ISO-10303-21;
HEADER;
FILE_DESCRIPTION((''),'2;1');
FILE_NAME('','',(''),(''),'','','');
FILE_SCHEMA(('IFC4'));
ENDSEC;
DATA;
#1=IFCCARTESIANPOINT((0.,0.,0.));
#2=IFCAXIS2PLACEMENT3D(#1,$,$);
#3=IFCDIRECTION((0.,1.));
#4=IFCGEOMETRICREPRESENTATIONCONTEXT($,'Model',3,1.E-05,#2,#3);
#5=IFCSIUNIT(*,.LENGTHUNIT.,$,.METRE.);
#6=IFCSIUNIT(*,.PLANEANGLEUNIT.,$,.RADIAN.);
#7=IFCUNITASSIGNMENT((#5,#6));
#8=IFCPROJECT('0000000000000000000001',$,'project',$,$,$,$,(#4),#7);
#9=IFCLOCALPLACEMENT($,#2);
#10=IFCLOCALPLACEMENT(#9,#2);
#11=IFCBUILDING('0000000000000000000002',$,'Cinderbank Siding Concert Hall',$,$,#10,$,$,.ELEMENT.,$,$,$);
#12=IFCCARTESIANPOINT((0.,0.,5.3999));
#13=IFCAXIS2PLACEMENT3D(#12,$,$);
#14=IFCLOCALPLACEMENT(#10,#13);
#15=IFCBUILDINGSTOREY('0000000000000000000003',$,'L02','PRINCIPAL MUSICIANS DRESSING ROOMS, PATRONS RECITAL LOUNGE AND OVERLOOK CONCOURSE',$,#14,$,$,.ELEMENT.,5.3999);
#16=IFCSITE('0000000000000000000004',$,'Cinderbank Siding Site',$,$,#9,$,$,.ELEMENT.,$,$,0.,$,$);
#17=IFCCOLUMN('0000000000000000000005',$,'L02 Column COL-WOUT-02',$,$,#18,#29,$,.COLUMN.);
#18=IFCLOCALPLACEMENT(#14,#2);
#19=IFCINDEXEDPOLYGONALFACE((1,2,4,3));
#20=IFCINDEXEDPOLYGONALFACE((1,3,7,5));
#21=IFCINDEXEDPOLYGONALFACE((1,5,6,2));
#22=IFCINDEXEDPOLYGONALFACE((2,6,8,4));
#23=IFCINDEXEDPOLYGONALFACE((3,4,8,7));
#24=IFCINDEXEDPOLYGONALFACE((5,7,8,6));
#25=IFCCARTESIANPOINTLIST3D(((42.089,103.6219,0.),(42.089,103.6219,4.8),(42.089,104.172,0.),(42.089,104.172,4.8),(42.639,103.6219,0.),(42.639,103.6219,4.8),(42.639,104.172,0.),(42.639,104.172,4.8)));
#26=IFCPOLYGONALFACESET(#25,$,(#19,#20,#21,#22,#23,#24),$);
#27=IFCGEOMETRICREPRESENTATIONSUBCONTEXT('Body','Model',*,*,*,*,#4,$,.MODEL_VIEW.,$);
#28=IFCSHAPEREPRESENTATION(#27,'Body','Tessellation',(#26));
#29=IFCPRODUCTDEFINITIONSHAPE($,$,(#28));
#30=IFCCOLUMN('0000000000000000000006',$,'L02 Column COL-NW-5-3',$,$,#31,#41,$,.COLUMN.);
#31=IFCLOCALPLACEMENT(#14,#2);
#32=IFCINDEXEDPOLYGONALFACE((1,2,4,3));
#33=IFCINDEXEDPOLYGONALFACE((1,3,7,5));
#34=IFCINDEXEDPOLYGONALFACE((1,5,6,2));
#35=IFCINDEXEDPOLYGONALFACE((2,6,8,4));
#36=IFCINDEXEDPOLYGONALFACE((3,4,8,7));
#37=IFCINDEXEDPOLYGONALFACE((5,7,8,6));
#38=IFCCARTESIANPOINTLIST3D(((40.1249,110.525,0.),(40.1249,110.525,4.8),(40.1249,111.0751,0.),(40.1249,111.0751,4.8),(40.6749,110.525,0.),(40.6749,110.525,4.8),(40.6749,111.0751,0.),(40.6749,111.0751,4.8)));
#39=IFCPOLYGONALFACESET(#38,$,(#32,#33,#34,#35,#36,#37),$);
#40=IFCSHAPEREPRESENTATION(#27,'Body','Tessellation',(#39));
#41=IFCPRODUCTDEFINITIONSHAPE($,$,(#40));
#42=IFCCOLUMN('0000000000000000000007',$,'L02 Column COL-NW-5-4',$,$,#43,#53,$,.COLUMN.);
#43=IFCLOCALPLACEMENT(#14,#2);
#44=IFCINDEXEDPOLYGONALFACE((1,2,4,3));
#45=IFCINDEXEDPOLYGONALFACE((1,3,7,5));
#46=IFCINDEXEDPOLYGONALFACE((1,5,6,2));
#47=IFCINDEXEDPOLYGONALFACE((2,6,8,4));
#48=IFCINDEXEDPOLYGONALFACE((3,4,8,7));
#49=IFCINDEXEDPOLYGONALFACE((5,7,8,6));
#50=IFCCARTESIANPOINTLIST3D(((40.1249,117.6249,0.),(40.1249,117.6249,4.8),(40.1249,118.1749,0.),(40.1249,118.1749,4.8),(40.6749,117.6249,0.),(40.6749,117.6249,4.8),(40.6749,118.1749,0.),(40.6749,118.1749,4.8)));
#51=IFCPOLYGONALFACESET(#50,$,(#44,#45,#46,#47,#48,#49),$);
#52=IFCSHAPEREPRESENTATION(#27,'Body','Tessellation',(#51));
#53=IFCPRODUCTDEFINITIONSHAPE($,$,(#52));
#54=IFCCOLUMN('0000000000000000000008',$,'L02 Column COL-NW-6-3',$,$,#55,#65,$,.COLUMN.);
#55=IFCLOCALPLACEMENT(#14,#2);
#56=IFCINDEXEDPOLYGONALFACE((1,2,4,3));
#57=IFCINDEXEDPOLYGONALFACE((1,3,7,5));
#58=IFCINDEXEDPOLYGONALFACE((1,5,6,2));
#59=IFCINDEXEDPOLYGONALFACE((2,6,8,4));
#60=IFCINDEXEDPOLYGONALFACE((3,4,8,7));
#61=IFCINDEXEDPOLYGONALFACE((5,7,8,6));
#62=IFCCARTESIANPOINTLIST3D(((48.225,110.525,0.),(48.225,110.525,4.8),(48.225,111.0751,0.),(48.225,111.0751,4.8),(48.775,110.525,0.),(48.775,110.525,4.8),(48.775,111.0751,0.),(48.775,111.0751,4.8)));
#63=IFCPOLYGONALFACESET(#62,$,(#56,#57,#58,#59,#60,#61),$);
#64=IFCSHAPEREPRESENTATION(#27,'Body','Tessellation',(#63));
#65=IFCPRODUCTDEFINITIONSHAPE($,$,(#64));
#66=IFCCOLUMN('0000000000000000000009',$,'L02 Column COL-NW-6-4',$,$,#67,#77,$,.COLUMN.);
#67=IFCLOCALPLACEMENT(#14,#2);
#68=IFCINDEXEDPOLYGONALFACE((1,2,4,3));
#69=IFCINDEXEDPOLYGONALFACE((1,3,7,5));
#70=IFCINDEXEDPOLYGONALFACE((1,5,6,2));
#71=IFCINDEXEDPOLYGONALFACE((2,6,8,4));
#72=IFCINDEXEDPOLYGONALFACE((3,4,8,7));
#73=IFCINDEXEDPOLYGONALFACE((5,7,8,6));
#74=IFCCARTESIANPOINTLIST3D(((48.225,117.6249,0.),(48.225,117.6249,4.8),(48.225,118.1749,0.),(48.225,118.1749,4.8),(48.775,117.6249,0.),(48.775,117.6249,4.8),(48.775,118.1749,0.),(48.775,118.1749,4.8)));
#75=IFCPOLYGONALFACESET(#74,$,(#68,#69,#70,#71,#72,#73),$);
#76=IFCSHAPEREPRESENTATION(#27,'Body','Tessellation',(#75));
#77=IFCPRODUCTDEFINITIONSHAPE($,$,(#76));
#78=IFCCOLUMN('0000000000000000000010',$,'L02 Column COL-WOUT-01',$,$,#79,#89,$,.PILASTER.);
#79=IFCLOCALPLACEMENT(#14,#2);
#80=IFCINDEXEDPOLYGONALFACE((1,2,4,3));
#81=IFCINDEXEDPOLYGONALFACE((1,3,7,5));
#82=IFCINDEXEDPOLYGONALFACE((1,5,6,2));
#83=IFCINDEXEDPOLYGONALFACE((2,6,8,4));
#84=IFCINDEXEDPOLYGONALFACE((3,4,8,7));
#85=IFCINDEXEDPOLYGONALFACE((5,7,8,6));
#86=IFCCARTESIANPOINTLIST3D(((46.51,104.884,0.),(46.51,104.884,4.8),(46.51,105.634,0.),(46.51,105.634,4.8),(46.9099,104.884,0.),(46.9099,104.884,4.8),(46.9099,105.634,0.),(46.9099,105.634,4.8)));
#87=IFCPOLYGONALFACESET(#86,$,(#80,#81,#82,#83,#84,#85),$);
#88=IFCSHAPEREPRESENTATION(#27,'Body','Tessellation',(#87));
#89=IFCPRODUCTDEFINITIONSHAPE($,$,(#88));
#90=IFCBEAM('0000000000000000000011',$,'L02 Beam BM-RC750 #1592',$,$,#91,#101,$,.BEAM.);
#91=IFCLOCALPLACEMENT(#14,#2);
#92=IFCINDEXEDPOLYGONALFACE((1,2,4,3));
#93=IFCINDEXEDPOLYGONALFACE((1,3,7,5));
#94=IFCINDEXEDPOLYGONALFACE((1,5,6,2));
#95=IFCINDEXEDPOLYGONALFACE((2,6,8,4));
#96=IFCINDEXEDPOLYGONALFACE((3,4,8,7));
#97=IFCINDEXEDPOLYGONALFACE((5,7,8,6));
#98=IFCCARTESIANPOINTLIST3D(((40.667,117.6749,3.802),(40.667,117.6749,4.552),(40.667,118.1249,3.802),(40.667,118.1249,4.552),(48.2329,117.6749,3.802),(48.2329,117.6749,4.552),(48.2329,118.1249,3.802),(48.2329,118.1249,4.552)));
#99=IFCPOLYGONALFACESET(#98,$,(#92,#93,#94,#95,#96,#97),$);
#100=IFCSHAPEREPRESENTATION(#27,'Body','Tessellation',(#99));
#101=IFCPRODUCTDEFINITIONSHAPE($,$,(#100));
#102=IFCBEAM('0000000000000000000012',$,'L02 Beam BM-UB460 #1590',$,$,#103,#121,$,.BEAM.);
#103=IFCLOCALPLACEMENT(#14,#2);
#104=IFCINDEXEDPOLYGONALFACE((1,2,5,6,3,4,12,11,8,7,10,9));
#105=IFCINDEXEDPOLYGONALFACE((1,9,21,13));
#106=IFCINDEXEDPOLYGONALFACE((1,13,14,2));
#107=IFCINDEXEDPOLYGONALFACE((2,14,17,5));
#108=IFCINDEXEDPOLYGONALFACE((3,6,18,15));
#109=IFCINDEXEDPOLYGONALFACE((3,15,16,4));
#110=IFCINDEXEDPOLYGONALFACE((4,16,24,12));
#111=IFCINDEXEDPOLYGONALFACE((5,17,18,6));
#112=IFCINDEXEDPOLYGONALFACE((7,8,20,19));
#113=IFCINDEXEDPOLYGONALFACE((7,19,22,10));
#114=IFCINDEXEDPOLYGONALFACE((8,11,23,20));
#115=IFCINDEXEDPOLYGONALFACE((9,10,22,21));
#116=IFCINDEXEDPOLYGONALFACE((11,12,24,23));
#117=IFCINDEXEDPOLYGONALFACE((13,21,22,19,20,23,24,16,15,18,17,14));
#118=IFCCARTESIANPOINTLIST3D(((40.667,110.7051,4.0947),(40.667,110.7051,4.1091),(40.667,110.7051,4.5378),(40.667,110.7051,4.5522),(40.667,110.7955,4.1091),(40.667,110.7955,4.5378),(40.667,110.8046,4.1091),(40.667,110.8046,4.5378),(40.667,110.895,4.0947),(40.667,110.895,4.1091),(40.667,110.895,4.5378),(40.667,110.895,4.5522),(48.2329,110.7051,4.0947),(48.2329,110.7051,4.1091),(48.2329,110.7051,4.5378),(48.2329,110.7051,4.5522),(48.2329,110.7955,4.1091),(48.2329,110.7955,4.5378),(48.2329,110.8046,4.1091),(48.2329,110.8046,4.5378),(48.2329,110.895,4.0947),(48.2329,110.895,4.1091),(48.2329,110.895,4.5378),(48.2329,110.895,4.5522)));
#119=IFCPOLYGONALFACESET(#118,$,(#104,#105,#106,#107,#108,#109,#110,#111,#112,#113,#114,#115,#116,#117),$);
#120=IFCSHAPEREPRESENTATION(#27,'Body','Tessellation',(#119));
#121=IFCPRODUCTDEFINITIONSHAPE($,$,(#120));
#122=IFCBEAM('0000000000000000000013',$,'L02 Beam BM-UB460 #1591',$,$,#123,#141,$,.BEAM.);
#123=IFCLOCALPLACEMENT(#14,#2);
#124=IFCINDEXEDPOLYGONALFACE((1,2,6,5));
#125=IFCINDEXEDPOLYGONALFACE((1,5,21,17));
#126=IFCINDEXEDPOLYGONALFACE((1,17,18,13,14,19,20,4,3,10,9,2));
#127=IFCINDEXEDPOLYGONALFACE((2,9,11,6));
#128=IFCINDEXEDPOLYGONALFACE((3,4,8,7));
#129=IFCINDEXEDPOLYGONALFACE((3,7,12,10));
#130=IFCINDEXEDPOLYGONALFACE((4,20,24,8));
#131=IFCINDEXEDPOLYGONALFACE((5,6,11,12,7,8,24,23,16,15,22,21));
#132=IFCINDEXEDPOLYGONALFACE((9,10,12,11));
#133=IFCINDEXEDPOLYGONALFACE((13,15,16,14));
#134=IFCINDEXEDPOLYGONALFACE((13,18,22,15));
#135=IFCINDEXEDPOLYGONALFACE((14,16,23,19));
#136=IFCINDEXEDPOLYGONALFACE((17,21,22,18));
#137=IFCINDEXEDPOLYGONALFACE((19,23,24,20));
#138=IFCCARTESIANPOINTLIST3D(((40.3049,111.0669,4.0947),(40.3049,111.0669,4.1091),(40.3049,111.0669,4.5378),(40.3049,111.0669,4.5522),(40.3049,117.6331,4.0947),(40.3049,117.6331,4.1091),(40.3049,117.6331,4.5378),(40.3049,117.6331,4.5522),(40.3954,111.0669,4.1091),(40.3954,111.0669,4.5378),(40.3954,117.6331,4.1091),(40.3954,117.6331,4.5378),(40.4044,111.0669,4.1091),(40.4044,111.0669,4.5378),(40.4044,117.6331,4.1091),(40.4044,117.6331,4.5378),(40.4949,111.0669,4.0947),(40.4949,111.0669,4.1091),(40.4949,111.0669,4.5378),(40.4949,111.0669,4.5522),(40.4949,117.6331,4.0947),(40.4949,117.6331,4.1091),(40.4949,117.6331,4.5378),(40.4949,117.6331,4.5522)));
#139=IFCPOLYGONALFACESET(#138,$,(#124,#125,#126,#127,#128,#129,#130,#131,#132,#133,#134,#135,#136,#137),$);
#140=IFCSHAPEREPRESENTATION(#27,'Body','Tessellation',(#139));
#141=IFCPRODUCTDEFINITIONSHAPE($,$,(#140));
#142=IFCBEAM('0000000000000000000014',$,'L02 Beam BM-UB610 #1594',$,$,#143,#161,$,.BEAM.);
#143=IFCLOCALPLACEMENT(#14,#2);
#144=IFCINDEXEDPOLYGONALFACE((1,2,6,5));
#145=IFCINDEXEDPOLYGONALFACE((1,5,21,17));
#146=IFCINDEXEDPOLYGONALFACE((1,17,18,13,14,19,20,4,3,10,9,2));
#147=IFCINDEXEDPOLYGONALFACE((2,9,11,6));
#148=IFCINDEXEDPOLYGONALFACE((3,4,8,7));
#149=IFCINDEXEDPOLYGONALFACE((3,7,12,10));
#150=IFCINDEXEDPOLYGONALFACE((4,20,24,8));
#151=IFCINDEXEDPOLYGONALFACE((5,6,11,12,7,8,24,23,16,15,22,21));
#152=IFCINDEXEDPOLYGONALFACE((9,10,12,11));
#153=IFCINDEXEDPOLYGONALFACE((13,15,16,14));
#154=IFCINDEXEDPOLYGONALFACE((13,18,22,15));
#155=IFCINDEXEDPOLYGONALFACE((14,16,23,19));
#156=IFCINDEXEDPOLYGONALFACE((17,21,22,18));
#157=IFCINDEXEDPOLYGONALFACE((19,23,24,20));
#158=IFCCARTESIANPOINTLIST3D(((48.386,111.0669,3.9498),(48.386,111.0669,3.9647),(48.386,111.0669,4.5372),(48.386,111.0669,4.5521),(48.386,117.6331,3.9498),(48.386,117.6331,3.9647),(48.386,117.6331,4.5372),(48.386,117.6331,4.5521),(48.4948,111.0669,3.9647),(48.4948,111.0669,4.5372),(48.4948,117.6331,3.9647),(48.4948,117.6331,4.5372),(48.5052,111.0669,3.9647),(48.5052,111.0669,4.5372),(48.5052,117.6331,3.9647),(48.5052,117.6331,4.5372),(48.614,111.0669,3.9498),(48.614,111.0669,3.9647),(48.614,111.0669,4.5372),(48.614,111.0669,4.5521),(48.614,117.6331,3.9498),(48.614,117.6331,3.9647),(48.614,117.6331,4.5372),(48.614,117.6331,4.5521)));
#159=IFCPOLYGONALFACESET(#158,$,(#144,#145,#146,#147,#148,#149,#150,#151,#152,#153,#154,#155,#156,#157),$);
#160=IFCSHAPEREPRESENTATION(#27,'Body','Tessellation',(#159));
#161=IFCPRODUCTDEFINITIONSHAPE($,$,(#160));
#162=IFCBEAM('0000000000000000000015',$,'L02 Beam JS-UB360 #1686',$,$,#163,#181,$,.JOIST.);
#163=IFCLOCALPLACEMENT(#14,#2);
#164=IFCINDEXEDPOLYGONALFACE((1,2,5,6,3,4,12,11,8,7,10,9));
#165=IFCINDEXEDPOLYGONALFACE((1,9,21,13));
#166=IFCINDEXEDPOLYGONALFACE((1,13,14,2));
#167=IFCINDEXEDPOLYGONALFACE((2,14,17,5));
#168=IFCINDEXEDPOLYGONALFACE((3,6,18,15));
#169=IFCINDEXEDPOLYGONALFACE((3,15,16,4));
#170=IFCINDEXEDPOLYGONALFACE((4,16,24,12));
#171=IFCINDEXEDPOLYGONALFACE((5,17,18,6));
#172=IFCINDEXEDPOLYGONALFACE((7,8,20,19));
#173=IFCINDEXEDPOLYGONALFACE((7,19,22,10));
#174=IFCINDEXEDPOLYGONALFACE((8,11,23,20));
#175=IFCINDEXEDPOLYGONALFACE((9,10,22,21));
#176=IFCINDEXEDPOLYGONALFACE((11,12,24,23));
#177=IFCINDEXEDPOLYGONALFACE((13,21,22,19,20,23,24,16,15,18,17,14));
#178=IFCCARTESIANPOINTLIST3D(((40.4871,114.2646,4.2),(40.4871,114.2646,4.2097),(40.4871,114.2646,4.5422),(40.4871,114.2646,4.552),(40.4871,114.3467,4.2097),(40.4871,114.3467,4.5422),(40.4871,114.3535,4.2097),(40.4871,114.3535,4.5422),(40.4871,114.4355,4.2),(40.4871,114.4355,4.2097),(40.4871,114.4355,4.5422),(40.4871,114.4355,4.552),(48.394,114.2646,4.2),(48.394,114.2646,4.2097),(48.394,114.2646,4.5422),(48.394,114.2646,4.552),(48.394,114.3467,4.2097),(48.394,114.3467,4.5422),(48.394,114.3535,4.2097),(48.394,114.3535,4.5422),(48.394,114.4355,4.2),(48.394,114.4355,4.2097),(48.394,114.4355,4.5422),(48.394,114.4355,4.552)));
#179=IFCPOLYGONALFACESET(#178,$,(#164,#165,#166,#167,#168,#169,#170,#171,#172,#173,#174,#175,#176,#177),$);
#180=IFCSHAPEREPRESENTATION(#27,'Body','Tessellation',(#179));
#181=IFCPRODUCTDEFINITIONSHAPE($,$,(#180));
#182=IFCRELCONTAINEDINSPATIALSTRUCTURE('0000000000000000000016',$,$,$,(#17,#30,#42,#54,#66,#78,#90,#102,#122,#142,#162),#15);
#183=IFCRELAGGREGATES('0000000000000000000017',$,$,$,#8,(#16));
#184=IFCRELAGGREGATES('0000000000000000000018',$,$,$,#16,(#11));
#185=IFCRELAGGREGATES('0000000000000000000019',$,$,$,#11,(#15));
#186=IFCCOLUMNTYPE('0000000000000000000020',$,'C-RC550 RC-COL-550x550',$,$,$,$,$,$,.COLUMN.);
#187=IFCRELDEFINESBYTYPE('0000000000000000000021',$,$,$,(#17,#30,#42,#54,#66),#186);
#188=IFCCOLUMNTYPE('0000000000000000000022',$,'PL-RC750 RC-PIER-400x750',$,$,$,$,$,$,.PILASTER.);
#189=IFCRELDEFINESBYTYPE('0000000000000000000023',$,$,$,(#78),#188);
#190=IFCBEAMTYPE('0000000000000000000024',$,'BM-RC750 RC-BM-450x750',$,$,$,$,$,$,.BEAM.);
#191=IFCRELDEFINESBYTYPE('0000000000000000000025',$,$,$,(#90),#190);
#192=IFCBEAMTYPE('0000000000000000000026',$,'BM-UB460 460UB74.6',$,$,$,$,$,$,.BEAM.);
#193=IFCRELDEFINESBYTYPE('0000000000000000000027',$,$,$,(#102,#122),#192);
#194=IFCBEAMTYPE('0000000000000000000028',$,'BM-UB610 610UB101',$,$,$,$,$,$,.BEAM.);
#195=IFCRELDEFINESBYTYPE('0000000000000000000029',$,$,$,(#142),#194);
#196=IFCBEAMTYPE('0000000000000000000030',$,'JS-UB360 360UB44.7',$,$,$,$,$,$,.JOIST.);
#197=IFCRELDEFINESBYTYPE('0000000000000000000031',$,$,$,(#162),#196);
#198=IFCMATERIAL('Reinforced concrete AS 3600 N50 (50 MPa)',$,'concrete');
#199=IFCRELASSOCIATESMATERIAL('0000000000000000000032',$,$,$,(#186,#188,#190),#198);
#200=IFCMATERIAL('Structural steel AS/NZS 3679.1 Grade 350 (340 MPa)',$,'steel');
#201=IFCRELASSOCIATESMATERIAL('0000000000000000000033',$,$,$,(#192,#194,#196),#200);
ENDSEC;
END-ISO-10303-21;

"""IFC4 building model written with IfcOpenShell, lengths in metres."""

from ifc_helpers import new_model, si_unit, direction, frame, origin, origin_2d, place, context, subcontext, project, spatial, rectangle, i_section, extrude, material, material_profile, profile_set, type_object, element, save


model = new_model("IFC4")

# Units and contexts
model_context = context("Model", 3, precision=1e-05, world=origin(), true_north=direction((0.0, 1.0)))
body_context = subcontext(model_context, "Body", "Model", "MODEL_VIEW")
ifc_project = project(units=[si_unit("LENGTHUNIT", "METRE"), si_unit("PLANEANGLEUNIT", "RADIAN")], contexts=[model_context])

# Site, building, storey
site_placement = place(None, origin())
site = spatial("IfcSite", under=ifc_project, at=site_placement, Name="Cinderbank Siding Site", CompositionType="ELEMENT", RefElevation=0.0)
building_placement = place(site_placement, origin())
building = spatial("IfcBuilding", under=site, at=building_placement, Name="Cinderbank Siding Concert Hall", CompositionType="ELEMENT")
storey_placement = place(building_placement, frame((0.0, 0.0, 5.3999)))
storey = spatial("IfcBuildingStorey", under=building, at=storey_placement, Name="L02", Description="PRINCIPAL MUSICIANS DRESSING ROOMS, PATRONS RECITAL LOUNGE AND OVERLOOK CONCOURSE", CompositionType="ELEMENT", Elevation=5.3999)

# Columns
ifc_material_1 = material(Name="Reinforced concrete AS 3600 N50 (50 MPa)", Category="concrete")
ifc_material_profile_1 = material_profile(ifc_material_1, rectangle(XDim=0.55, YDim=0.55, at=origin_2d()), Name="RC-COL-550x550", Category="LoadBearing")
ifc_profile_set_1 = profile_set([ifc_material_profile_1], Name="Reinforced concrete AS 3600 N50 (50 MPa)")
column_type_1 = type_object("IfcColumnType", Name="C-RC550 RC-COL-550x550", PredefinedType="COLUMN", material=ifc_profile_set_1)
for number, where, z_axis, x_axis, name in (
    (1, (42.364, 103.897, 0.0), (0.0, 0.0, 1.0), (1.0, 0.0, 0.0), "L02 Column COL-WOUT-02"),
    (2, (40.3999, 110.8, 0.0), (0.0, 0.0, 1.0), (1.0, 0.0, 0.0), "L02 Column COL-NW-5-3"),
    (3, (40.3999, 117.8999, 0.0), (0.0, 0.0, 1.0), (1.0, 0.0, 0.0), "L02 Column COL-NW-5-4"),
    (4, (48.5, 110.8, 0.0), (0.0, 0.0, 1.0), (1.0, 0.0, 0.0), "L02 Column COL-NW-6-3"),
    (5, (48.5, 117.8999, 0.0), (0.0, 0.0, 1.0), (1.0, 0.0, 0.0), "L02 Column COL-NW-6-4"),
):
    element("IfcColumn", number, at=place(storey_placement, frame(where, z_axis=z_axis, x_axis=x_axis)), inside=storey, type_object=column_type_1, Name=name, PredefinedType="COLUMN", context=body_context, shape_type="SweptSolid", body=[
        extrude(rectangle(XDim=0.55, YDim=0.55, at=origin_2d()), origin(), (0.0, 0.0, 1.0), 4.8),
    ])
ifc_material_profile_2 = material_profile(ifc_material_1, rectangle(XDim=0.3999, YDim=0.75, at=origin_2d()), Name="RC-PIER-400x750", Category="LoadBearing")
ifc_profile_set_2 = profile_set([ifc_material_profile_2], Name="Reinforced concrete AS 3600 N50 (50 MPa)")
column_type_2 = type_object("IfcColumnType", Name="PL-RC750 RC-PIER-400x750", PredefinedType="PILASTER", material=ifc_profile_set_2)
column_placement = place(storey_placement, frame((46.71, 105.259, 0.0), z_axis=(0.0, 0.0, 1.0), x_axis=(1.0, 0.0, 0.0)))
element("IfcColumn", 6, at=column_placement, inside=storey, type_object=column_type_2, Name="L02 Column COL-WOUT-01", PredefinedType="PILASTER", context=body_context, shape_type="SweptSolid", body=[
    extrude(rectangle(XDim=0.3999, YDim=0.75, at=origin_2d()), origin(), (0.0, 0.0, 1.0), 4.8),
])

# Beams
ifc_material_profile_3 = material_profile(ifc_material_1, rectangle(XDim=0.45, YDim=0.75, at=origin_2d()), Name="RC-BM-450x750", Category="LoadBearing")
ifc_profile_set_3 = profile_set([ifc_material_profile_3], Name="Reinforced concrete AS 3600 N50 (50 MPa)")
beam_type_1 = type_object("IfcBeamType", Name="BM-RC750 RC-BM-450x750", PredefinedType="BEAM", material=ifc_profile_set_3)
beam_1_placement = place(storey_placement, frame((40.667, 117.8999, 4.177), z_axis=(1.0, 0.0, 0.0), x_axis=(0.0, 1.0, 0.0)))
element("IfcBeam", 7, at=beam_1_placement, inside=storey, type_object=beam_type_1, Name="L02 Beam BM-RC750 #1592", PredefinedType="BEAM", context=body_context, shape_type="SweptSolid", body=[
    extrude(rectangle(XDim=0.45, YDim=0.75, at=origin_2d()), origin(), (0.0, 0.0, 1.0), 7.5659),
])
ifc_material_2 = material(Name="Structural steel AS/NZS 3679.1 Grade 350 (340 MPa)", Category="steel")
ifc_material_profile_4 = material_profile(ifc_material_2, i_section(OverallWidth=0.1899, OverallDepth=0.4575, WebThickness=0.009, FlangeThickness=0.0144, at=origin_2d()), Name="460UB74.6", Category="LoadBearing")
ifc_profile_set_4 = profile_set([ifc_material_profile_4], Name="Structural steel AS/NZS 3679.1 Grade 350 (340 MPa)")
beam_type_2 = type_object("IfcBeamType", Name="BM-UB460 460UB74.6", PredefinedType="BEAM", material=ifc_profile_set_4)
beam_2_placement = place(storey_placement, frame((40.667, 110.8, 4.3235), z_axis=(1.0, 0.0, 0.0), x_axis=(0.0, 1.0, 0.0)))
element("IfcBeam", 8, at=beam_2_placement, inside=storey, type_object=beam_type_2, Name="L02 Beam BM-UB460 #1590", PredefinedType="BEAM", context=body_context, shape_type="SweptSolid", body=[
    extrude(i_section(OverallWidth=0.1899, OverallDepth=0.4575, WebThickness=0.009, FlangeThickness=0.0144, at=origin_2d()), origin(), (0.0, 0.0, 1.0), 7.5659),
])
beam_3_placement = place(storey_placement, frame((40.3999, 111.0669, 4.3235), z_axis=(0.0, 1.0, 0.0), x_axis=(-1.0, 0.0, 0.0)))
element("IfcBeam", 9, at=beam_3_placement, inside=storey, type_object=beam_type_2, Name="L02 Beam BM-UB460 #1591", PredefinedType="BEAM", context=body_context, shape_type="SweptSolid", body=[
    extrude(i_section(OverallWidth=0.1899, OverallDepth=0.4575, WebThickness=0.009, FlangeThickness=0.0144, at=origin_2d()), origin(), (0.0, 0.0, 1.0), 6.5662),
])
ifc_material_profile_5 = material_profile(ifc_material_2, i_section(OverallWidth=0.228, OverallDepth=0.6023, WebThickness=0.0105, FlangeThickness=0.0149, at=origin_2d()), Name="610UB101", Category="LoadBearing")
ifc_profile_set_5 = profile_set([ifc_material_profile_5], Name="Structural steel AS/NZS 3679.1 Grade 350 (340 MPa)")
beam_type_3 = type_object("IfcBeamType", Name="BM-UB610 610UB101", PredefinedType="BEAM", material=ifc_profile_set_5)
beam_4_placement = place(storey_placement, frame((48.5, 111.0669, 4.251), z_axis=(0.0, 1.0, 0.0), x_axis=(-1.0, 0.0, 0.0)))
element("IfcBeam", 10, at=beam_4_placement, inside=storey, type_object=beam_type_3, Name="L02 Beam BM-UB610 #1594", PredefinedType="BEAM", context=body_context, shape_type="SweptSolid", body=[
    extrude(i_section(OverallWidth=0.228, OverallDepth=0.6023, WebThickness=0.0105, FlangeThickness=0.0149, at=origin_2d()), origin(), (0.0, 0.0, 1.0), 6.5662),
])
ifc_material_profile_6 = material_profile(ifc_material_2, i_section(OverallWidth=0.1709, OverallDepth=0.3521, WebThickness=0.0068, FlangeThickness=0.0098, at=origin_2d()), Name="360UB44.7", Category="LoadBearing")
ifc_profile_set_6 = profile_set([ifc_material_profile_6], Name="Structural steel AS/NZS 3679.1 Grade 350 (340 MPa)")
beam_type_4 = type_object("IfcBeamType", Name="JS-UB360 360UB44.7", PredefinedType="JOIST", material=ifc_profile_set_6)
beam_5_placement = place(storey_placement, frame((40.4871, 114.3501, 4.376), z_axis=(1.0, 0.0, 0.0), x_axis=(0.0, 1.0, 0.0)))
element("IfcBeam", 11, at=beam_5_placement, inside=storey, type_object=beam_type_4, Name="L02 Beam JS-UB360 #1686", PredefinedType="JOIST", context=body_context, shape_type="SweptSolid", body=[
    extrude(i_section(OverallWidth=0.1709, OverallDepth=0.3521, WebThickness=0.0068, FlangeThickness=0.0098, at=origin_2d()), origin(), (0.0, 0.0, 1.0), 7.907),
])

save(model, "model.ifc")
